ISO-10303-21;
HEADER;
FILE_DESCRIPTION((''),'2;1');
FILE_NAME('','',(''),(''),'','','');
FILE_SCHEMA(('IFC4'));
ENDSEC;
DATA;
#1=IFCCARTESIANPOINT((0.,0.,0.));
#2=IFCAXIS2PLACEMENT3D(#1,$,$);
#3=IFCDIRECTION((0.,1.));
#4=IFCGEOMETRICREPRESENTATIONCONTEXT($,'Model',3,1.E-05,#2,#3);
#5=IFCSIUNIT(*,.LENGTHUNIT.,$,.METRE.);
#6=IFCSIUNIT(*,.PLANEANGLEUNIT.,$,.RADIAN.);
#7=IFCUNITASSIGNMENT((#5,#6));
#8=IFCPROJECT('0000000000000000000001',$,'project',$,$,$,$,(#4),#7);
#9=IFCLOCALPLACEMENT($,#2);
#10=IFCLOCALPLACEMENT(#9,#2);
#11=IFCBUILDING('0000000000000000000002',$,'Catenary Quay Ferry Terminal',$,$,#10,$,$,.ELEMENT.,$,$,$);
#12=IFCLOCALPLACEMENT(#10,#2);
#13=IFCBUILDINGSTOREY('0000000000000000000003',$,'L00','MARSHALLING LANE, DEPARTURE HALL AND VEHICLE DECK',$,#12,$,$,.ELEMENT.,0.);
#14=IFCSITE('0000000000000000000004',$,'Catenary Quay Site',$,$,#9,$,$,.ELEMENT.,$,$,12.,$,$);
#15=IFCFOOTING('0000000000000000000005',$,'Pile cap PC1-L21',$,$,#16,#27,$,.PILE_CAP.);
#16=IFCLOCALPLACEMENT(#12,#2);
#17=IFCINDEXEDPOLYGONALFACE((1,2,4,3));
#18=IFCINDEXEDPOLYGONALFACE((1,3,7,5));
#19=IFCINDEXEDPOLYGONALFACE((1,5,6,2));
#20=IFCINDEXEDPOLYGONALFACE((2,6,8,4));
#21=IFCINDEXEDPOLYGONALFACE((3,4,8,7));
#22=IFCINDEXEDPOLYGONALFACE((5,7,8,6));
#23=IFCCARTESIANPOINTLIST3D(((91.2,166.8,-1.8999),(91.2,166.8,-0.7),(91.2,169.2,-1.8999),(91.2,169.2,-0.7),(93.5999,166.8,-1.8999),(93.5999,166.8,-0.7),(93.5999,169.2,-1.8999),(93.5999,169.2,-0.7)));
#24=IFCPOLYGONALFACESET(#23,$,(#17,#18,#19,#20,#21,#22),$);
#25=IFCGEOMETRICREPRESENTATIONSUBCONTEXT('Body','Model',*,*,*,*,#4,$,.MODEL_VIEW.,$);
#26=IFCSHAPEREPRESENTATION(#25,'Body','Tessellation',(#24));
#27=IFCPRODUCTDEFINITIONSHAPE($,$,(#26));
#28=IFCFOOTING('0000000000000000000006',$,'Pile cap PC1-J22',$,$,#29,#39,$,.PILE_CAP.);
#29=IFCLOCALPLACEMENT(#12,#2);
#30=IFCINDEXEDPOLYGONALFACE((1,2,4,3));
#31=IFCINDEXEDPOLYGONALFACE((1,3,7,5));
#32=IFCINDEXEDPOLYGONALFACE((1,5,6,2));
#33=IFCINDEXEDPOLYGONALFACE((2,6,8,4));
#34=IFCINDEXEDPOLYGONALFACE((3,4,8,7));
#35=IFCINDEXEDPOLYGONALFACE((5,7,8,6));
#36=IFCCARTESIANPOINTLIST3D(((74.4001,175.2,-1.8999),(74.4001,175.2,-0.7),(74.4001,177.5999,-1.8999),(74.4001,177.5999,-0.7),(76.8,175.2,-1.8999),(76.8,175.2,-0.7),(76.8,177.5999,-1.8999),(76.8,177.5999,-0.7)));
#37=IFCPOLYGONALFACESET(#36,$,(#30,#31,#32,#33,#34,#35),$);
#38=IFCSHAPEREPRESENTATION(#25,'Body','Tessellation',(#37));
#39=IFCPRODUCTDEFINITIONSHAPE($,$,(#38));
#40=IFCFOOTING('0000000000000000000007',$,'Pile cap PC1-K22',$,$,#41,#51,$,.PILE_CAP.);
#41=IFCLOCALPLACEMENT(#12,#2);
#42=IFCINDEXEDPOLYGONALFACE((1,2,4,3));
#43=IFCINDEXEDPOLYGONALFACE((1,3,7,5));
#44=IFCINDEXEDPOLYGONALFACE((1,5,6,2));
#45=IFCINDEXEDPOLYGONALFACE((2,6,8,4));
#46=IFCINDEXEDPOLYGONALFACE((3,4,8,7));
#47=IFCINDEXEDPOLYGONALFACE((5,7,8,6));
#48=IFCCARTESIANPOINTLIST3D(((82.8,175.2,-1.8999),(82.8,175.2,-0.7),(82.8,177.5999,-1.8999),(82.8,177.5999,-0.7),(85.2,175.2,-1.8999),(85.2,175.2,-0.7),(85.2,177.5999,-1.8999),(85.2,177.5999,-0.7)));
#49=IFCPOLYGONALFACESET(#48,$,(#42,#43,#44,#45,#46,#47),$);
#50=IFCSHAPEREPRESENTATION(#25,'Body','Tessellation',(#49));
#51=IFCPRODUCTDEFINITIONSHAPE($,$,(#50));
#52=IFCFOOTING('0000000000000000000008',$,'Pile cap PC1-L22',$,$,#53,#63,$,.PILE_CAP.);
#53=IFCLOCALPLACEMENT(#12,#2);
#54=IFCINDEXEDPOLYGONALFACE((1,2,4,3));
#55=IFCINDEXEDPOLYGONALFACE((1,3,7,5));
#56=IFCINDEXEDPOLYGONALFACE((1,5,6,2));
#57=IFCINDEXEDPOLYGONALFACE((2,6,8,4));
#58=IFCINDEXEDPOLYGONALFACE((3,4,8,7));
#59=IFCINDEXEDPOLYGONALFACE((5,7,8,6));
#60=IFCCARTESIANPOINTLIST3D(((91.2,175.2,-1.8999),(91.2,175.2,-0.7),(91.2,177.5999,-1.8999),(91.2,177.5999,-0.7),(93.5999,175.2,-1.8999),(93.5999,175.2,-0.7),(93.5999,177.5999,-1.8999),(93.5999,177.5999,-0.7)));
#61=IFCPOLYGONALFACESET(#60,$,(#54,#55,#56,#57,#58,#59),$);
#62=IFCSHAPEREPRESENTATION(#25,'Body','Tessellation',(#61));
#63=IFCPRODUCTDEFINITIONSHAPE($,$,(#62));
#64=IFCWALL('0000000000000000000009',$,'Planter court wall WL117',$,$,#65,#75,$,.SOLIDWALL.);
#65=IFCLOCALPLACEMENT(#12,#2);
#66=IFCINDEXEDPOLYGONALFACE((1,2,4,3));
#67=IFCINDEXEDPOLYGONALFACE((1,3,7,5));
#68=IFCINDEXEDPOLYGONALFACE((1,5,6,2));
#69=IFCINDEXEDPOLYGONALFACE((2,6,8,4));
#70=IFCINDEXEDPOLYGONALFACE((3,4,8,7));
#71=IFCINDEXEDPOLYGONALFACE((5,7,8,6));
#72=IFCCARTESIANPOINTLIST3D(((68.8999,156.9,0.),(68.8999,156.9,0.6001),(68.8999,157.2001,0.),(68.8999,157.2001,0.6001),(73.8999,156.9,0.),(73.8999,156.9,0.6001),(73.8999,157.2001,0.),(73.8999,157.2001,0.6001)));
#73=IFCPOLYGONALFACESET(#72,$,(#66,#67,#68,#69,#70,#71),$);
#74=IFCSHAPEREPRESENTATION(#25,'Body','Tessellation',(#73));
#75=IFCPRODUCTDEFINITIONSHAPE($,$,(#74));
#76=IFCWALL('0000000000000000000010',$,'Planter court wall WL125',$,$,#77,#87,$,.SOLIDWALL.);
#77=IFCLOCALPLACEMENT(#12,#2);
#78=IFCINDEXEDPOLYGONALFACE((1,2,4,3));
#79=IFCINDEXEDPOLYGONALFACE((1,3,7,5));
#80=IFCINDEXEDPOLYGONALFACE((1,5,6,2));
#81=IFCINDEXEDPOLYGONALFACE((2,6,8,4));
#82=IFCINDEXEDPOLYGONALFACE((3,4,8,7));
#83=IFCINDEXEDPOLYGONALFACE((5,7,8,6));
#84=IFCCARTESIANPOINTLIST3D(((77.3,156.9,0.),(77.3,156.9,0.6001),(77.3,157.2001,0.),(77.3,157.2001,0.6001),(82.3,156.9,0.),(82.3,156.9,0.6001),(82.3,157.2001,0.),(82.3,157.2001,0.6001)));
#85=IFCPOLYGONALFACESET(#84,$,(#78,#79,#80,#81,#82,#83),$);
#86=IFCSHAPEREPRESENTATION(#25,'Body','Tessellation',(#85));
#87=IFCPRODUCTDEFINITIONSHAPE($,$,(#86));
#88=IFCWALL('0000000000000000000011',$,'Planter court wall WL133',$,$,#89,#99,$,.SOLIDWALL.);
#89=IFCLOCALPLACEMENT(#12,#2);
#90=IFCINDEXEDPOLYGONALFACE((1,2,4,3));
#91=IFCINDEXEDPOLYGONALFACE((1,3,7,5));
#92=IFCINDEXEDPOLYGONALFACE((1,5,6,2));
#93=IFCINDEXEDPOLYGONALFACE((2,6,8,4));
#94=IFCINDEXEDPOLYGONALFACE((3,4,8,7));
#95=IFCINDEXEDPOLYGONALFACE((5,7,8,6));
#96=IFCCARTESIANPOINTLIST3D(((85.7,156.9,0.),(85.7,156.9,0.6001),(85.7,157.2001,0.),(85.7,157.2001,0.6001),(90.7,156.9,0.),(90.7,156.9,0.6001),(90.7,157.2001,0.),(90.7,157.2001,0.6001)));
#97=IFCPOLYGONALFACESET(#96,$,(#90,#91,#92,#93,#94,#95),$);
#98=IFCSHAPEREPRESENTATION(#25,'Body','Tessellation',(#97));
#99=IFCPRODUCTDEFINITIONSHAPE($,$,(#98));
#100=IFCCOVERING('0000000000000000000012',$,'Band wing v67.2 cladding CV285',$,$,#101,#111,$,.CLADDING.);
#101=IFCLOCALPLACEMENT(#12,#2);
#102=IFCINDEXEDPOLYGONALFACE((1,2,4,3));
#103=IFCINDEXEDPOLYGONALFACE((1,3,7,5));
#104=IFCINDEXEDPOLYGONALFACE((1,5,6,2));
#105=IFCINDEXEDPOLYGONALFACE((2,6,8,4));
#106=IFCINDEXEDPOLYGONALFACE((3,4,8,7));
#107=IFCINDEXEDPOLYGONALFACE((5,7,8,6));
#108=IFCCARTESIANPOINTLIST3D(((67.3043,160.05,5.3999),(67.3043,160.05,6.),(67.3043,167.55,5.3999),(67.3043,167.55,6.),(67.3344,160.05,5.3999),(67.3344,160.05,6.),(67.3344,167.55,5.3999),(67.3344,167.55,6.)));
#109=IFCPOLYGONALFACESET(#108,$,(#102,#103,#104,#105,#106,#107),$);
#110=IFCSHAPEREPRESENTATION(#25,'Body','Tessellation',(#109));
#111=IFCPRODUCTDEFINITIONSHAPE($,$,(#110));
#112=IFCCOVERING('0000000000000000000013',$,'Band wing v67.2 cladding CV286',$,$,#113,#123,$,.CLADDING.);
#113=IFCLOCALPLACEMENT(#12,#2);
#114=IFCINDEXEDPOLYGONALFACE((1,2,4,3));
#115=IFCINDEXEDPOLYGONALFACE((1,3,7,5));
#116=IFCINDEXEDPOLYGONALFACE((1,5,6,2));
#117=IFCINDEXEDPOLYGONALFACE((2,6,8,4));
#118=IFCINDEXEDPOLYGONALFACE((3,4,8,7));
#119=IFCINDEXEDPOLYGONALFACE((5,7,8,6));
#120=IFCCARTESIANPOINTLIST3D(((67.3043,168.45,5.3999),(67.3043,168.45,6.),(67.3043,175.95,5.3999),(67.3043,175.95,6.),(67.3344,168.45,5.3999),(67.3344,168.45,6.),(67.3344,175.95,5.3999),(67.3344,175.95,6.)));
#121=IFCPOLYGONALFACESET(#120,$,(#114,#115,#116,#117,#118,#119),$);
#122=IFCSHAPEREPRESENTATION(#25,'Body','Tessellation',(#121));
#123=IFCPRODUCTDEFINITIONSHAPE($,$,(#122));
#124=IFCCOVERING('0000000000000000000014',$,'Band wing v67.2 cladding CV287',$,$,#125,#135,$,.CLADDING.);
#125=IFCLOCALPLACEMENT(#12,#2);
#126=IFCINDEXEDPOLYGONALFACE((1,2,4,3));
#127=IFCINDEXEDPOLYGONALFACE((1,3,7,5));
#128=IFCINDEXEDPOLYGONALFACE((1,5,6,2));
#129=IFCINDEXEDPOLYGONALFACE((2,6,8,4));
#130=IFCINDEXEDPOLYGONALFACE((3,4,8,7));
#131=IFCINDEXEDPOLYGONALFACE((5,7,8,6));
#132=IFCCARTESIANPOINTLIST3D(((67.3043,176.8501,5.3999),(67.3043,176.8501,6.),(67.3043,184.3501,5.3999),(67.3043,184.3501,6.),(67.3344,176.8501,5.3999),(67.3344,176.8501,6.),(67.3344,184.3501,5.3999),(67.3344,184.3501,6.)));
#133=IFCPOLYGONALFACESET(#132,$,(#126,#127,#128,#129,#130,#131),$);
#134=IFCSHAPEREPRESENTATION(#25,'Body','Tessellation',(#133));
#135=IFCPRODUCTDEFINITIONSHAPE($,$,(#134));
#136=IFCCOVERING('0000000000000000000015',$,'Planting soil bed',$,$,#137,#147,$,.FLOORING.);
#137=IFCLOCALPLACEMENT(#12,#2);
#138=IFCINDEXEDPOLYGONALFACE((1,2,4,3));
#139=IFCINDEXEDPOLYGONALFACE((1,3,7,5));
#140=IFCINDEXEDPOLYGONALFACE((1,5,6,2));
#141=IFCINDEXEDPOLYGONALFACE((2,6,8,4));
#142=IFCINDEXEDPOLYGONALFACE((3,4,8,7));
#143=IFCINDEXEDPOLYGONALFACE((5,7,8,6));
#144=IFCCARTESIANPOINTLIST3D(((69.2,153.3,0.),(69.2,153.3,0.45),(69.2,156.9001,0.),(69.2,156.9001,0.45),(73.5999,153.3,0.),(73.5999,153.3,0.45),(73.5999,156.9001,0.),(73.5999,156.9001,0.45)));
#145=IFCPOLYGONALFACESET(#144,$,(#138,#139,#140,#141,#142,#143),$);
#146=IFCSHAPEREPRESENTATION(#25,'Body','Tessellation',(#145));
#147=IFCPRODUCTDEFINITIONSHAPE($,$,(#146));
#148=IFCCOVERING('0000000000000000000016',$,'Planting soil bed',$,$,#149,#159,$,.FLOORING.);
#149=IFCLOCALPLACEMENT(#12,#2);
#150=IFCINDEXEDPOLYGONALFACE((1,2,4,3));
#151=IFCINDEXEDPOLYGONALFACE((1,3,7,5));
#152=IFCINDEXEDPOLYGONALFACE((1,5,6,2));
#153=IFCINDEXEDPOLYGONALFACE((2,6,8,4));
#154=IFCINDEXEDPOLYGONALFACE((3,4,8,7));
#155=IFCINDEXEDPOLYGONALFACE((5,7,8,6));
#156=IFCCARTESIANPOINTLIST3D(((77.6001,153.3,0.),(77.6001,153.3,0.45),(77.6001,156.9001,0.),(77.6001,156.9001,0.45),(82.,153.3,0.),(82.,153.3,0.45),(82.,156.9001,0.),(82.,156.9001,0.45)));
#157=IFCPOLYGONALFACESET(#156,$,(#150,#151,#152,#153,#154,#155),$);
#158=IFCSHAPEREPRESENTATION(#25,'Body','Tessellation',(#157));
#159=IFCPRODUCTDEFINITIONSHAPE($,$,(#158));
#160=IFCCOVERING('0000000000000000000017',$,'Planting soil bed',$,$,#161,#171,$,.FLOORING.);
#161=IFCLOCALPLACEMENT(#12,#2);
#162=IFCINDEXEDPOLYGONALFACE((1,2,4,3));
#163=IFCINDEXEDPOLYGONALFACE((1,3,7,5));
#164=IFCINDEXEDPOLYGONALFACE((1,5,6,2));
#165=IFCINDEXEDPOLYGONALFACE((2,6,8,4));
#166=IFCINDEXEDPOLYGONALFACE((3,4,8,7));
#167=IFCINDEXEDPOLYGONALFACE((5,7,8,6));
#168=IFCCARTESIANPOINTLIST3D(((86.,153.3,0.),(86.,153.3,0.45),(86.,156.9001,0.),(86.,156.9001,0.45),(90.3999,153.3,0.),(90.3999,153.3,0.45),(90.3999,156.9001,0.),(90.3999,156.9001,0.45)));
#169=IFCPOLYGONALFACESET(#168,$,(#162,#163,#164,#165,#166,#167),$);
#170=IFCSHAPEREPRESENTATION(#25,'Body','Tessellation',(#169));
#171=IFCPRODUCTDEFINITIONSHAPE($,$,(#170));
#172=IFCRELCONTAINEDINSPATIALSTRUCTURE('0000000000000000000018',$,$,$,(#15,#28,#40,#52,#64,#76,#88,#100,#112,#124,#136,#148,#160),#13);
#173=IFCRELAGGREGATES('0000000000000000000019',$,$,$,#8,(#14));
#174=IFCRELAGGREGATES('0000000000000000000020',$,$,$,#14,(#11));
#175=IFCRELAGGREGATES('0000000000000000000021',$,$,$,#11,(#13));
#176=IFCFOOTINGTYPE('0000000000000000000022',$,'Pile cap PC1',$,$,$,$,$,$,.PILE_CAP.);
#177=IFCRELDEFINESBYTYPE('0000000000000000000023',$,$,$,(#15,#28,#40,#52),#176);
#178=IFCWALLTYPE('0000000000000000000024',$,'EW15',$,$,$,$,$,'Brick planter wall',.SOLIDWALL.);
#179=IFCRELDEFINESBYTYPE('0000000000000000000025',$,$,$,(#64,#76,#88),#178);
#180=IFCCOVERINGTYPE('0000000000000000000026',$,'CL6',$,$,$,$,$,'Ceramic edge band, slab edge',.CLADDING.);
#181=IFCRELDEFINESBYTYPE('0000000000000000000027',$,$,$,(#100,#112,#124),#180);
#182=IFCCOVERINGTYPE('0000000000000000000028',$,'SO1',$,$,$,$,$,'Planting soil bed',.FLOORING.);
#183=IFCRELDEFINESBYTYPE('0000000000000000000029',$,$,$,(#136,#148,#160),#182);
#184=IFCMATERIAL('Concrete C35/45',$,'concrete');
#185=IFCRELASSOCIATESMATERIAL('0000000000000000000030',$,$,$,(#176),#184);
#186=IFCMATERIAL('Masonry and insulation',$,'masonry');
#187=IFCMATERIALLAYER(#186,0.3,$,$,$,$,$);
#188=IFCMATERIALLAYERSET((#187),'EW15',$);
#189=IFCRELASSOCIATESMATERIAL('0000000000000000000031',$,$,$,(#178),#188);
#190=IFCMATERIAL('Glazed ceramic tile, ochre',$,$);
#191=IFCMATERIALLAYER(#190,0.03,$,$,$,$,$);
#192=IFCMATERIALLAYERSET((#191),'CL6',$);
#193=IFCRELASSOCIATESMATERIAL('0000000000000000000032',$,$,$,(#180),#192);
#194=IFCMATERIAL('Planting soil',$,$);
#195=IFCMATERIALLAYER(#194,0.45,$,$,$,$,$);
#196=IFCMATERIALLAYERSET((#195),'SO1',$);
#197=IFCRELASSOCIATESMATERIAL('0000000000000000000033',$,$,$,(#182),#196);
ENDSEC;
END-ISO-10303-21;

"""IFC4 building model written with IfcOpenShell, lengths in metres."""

from ifc_helpers import new_model, si_unit, direction, frame, frame_2d, origin, origin_2d, place, context, subcontext, project, spatial, rectangle, extrude, material, layer, layer_set, type_object, element, save


model = new_model("IFC4")

# Units and contexts
model_context = context("Model", 3, precision=1e-05, world=origin(), true_north=direction((0.0, 1.0)))
body_context = subcontext(model_context, "Body", "Model", "MODEL_VIEW")
ifc_project = project(units=[si_unit("LENGTHUNIT", "METRE"), si_unit("PLANEANGLEUNIT", "RADIAN")], contexts=[model_context])

# Site, building, storey
site_placement = place(None, origin())
site = spatial("IfcSite", under=ifc_project, at=site_placement, Name="Catenary Quay Site", CompositionType="ELEMENT", RefElevation=12.0)
building_placement = place(site_placement, origin())
building = spatial("IfcBuilding", under=site, at=building_placement, Name="Catenary Quay Ferry Terminal", CompositionType="ELEMENT")
storey_placement = place(building_placement, origin())
storey = spatial("IfcBuildingStorey", under=building, at=storey_placement, Name="L00", Description="MARSHALLING LANE, DEPARTURE HALL AND VEHICLE DECK", CompositionType="ELEMENT", Elevation=0.0)

# Footings
ifc_material_1 = material(Name="Concrete C35/45", Category="concrete")
footing_type = type_object("IfcFootingType", Name="Pile cap PC1", PredefinedType="PILE_CAP", material=ifc_material_1)
for number, where, z_axis, x_axis, name in (
    (1, (92.3999, 168.0, -1.8999), (0.0, 0.0, 1.0), (1.0, 0.0, 0.0), "Pile cap PC1-L21"),
    (2, (75.6001, 176.3999, -1.8999), (0.0, 0.0, 1.0), (1.0, 0.0, 0.0), "Pile cap PC1-J22"),
    (3, (84.0, 176.3999, -1.8999), (0.0, 0.0, 1.0), (1.0, 0.0, 0.0), "Pile cap PC1-K22"),
    (4, (92.3999, 176.3999, -1.8999), (0.0, 0.0, 1.0), (1.0, 0.0, 0.0), "Pile cap PC1-L22"),
):
    element("IfcFooting", number, at=place(storey_placement, frame(where, z_axis=z_axis, x_axis=x_axis)), inside=storey, type_object=footing_type, Name=name, PredefinedType="PILE_CAP", context=body_context, shape_type="SweptSolid", body=[
        extrude(rectangle(XDim=2.3999, YDim=2.3999, at=origin_2d()), origin(), (0.0, 0.0, 1.0), 1.2),
    ])

# Walls
ifc_material_2 = material(Name="Masonry and insulation", Category="masonry")
ifc_layer_1 = layer(ifc_material_2, 0.3)
ifc_layer_set_1 = layer_set([ifc_layer_1], Name="EW15")
wall_type = type_object("IfcWallType", Name="EW15", ElementType="Brick planter wall", PredefinedType="SOLIDWALL", material=ifc_layer_set_1)
for number, where, z_axis, x_axis, name in (
    (5, (68.8999, 157.05, 0.0), (0.0, 0.0, 1.0), (1.0, 0.0, 0.0), "Planter court wall WL117"),
    (6, (77.3, 157.05, 0.0), (0.0, 0.0, 1.0), (1.0, 0.0, 0.0), "Planter court wall WL125"),
    (7, (85.7, 157.05, 0.0), (0.0, 0.0, 1.0), (1.0, 0.0, 0.0), "Planter court wall WL133"),
):
    element("IfcWall", number, at=place(storey_placement, frame(where, z_axis=z_axis, x_axis=x_axis)), inside=storey, type_object=wall_type, Name=name, PredefinedType="SOLIDWALL", context=body_context, shape_type="SweptSolid", body=[
        extrude(rectangle(XDim=5.0, YDim=0.3, at=frame_2d((2.5, 0.0))), origin(), (0.0, 0.0, 1.0), 0.6001),
    ])

# Coverings
ifc_material_3 = material(Name="Glazed ceramic tile, ochre")
ifc_layer_2 = layer(ifc_material_3, 0.03)
ifc_layer_set_2 = layer_set([ifc_layer_2], Name="CL6")
covering_type_1 = type_object("IfcCoveringType", Name="CL6", ElementType="Ceramic edge band, slab edge", PredefinedType="CLADDING", material=ifc_layer_set_2)
for number, where, z_axis, x_axis, name in (
    (8, (67.3193, 163.8, 5.3999), (0.0, 0.0, 1.0), (1.0, 0.0, 0.0), "Band wing v67.2 cladding CV285"),
    (9, (67.3193, 172.2, 5.3999), (0.0, 0.0, 1.0), (1.0, 0.0, 0.0), "Band wing v67.2 cladding CV286"),
    (10, (67.3193, 180.6001, 5.3999), (0.0, 0.0, 1.0), (1.0, 0.0, 0.0), "Band wing v67.2 cladding CV287"),
):
    element("IfcCovering", number, at=place(storey_placement, frame(where, z_axis=z_axis, x_axis=x_axis)), inside=storey, type_object=covering_type_1, Name=name, PredefinedType="CLADDING", context=body_context, shape_type="SweptSolid", body=[
        extrude(rectangle(XDim=0.03, YDim=7.5, at=origin_2d()), origin(), (0.0, 0.0, 1.0), 0.6001),
    ])
ifc_material_4 = material(Name="Planting soil")
ifc_layer_3 = layer(ifc_material_4, 0.45)
ifc_layer_set_3 = layer_set([ifc_layer_3], Name="SO1")
covering_type_2 = type_object("IfcCoveringType", Name="SO1", ElementType="Planting soil bed", PredefinedType="FLOORING", material=ifc_layer_set_3)
for number, where, z_axis, x_axis, name in (
    (11, (71.3999, 155.1001, 0.0), (0.0, 0.0, 1.0), (1.0, 0.0, 0.0), "Planting soil bed"),
    (12, (79.8, 155.1001, 0.0), (0.0, 0.0, 1.0), (1.0, 0.0, 0.0), "Planting soil bed"),
    (13, (88.2, 155.1001, 0.0), (0.0, 0.0, 1.0), (1.0, 0.0, 0.0), "Planting soil bed"),
):
    element("IfcCovering", number, at=place(storey_placement, frame(where, z_axis=z_axis, x_axis=x_axis)), inside=storey, type_object=covering_type_2, Name=name, PredefinedType="FLOORING", context=body_context, shape_type="SweptSolid", body=[
        extrude(rectangle(XDim=4.3999, YDim=3.6001, at=origin_2d()), origin(), (0.0, 0.0, 1.0), 0.45),
    ])

save(model, "model.ifc")
